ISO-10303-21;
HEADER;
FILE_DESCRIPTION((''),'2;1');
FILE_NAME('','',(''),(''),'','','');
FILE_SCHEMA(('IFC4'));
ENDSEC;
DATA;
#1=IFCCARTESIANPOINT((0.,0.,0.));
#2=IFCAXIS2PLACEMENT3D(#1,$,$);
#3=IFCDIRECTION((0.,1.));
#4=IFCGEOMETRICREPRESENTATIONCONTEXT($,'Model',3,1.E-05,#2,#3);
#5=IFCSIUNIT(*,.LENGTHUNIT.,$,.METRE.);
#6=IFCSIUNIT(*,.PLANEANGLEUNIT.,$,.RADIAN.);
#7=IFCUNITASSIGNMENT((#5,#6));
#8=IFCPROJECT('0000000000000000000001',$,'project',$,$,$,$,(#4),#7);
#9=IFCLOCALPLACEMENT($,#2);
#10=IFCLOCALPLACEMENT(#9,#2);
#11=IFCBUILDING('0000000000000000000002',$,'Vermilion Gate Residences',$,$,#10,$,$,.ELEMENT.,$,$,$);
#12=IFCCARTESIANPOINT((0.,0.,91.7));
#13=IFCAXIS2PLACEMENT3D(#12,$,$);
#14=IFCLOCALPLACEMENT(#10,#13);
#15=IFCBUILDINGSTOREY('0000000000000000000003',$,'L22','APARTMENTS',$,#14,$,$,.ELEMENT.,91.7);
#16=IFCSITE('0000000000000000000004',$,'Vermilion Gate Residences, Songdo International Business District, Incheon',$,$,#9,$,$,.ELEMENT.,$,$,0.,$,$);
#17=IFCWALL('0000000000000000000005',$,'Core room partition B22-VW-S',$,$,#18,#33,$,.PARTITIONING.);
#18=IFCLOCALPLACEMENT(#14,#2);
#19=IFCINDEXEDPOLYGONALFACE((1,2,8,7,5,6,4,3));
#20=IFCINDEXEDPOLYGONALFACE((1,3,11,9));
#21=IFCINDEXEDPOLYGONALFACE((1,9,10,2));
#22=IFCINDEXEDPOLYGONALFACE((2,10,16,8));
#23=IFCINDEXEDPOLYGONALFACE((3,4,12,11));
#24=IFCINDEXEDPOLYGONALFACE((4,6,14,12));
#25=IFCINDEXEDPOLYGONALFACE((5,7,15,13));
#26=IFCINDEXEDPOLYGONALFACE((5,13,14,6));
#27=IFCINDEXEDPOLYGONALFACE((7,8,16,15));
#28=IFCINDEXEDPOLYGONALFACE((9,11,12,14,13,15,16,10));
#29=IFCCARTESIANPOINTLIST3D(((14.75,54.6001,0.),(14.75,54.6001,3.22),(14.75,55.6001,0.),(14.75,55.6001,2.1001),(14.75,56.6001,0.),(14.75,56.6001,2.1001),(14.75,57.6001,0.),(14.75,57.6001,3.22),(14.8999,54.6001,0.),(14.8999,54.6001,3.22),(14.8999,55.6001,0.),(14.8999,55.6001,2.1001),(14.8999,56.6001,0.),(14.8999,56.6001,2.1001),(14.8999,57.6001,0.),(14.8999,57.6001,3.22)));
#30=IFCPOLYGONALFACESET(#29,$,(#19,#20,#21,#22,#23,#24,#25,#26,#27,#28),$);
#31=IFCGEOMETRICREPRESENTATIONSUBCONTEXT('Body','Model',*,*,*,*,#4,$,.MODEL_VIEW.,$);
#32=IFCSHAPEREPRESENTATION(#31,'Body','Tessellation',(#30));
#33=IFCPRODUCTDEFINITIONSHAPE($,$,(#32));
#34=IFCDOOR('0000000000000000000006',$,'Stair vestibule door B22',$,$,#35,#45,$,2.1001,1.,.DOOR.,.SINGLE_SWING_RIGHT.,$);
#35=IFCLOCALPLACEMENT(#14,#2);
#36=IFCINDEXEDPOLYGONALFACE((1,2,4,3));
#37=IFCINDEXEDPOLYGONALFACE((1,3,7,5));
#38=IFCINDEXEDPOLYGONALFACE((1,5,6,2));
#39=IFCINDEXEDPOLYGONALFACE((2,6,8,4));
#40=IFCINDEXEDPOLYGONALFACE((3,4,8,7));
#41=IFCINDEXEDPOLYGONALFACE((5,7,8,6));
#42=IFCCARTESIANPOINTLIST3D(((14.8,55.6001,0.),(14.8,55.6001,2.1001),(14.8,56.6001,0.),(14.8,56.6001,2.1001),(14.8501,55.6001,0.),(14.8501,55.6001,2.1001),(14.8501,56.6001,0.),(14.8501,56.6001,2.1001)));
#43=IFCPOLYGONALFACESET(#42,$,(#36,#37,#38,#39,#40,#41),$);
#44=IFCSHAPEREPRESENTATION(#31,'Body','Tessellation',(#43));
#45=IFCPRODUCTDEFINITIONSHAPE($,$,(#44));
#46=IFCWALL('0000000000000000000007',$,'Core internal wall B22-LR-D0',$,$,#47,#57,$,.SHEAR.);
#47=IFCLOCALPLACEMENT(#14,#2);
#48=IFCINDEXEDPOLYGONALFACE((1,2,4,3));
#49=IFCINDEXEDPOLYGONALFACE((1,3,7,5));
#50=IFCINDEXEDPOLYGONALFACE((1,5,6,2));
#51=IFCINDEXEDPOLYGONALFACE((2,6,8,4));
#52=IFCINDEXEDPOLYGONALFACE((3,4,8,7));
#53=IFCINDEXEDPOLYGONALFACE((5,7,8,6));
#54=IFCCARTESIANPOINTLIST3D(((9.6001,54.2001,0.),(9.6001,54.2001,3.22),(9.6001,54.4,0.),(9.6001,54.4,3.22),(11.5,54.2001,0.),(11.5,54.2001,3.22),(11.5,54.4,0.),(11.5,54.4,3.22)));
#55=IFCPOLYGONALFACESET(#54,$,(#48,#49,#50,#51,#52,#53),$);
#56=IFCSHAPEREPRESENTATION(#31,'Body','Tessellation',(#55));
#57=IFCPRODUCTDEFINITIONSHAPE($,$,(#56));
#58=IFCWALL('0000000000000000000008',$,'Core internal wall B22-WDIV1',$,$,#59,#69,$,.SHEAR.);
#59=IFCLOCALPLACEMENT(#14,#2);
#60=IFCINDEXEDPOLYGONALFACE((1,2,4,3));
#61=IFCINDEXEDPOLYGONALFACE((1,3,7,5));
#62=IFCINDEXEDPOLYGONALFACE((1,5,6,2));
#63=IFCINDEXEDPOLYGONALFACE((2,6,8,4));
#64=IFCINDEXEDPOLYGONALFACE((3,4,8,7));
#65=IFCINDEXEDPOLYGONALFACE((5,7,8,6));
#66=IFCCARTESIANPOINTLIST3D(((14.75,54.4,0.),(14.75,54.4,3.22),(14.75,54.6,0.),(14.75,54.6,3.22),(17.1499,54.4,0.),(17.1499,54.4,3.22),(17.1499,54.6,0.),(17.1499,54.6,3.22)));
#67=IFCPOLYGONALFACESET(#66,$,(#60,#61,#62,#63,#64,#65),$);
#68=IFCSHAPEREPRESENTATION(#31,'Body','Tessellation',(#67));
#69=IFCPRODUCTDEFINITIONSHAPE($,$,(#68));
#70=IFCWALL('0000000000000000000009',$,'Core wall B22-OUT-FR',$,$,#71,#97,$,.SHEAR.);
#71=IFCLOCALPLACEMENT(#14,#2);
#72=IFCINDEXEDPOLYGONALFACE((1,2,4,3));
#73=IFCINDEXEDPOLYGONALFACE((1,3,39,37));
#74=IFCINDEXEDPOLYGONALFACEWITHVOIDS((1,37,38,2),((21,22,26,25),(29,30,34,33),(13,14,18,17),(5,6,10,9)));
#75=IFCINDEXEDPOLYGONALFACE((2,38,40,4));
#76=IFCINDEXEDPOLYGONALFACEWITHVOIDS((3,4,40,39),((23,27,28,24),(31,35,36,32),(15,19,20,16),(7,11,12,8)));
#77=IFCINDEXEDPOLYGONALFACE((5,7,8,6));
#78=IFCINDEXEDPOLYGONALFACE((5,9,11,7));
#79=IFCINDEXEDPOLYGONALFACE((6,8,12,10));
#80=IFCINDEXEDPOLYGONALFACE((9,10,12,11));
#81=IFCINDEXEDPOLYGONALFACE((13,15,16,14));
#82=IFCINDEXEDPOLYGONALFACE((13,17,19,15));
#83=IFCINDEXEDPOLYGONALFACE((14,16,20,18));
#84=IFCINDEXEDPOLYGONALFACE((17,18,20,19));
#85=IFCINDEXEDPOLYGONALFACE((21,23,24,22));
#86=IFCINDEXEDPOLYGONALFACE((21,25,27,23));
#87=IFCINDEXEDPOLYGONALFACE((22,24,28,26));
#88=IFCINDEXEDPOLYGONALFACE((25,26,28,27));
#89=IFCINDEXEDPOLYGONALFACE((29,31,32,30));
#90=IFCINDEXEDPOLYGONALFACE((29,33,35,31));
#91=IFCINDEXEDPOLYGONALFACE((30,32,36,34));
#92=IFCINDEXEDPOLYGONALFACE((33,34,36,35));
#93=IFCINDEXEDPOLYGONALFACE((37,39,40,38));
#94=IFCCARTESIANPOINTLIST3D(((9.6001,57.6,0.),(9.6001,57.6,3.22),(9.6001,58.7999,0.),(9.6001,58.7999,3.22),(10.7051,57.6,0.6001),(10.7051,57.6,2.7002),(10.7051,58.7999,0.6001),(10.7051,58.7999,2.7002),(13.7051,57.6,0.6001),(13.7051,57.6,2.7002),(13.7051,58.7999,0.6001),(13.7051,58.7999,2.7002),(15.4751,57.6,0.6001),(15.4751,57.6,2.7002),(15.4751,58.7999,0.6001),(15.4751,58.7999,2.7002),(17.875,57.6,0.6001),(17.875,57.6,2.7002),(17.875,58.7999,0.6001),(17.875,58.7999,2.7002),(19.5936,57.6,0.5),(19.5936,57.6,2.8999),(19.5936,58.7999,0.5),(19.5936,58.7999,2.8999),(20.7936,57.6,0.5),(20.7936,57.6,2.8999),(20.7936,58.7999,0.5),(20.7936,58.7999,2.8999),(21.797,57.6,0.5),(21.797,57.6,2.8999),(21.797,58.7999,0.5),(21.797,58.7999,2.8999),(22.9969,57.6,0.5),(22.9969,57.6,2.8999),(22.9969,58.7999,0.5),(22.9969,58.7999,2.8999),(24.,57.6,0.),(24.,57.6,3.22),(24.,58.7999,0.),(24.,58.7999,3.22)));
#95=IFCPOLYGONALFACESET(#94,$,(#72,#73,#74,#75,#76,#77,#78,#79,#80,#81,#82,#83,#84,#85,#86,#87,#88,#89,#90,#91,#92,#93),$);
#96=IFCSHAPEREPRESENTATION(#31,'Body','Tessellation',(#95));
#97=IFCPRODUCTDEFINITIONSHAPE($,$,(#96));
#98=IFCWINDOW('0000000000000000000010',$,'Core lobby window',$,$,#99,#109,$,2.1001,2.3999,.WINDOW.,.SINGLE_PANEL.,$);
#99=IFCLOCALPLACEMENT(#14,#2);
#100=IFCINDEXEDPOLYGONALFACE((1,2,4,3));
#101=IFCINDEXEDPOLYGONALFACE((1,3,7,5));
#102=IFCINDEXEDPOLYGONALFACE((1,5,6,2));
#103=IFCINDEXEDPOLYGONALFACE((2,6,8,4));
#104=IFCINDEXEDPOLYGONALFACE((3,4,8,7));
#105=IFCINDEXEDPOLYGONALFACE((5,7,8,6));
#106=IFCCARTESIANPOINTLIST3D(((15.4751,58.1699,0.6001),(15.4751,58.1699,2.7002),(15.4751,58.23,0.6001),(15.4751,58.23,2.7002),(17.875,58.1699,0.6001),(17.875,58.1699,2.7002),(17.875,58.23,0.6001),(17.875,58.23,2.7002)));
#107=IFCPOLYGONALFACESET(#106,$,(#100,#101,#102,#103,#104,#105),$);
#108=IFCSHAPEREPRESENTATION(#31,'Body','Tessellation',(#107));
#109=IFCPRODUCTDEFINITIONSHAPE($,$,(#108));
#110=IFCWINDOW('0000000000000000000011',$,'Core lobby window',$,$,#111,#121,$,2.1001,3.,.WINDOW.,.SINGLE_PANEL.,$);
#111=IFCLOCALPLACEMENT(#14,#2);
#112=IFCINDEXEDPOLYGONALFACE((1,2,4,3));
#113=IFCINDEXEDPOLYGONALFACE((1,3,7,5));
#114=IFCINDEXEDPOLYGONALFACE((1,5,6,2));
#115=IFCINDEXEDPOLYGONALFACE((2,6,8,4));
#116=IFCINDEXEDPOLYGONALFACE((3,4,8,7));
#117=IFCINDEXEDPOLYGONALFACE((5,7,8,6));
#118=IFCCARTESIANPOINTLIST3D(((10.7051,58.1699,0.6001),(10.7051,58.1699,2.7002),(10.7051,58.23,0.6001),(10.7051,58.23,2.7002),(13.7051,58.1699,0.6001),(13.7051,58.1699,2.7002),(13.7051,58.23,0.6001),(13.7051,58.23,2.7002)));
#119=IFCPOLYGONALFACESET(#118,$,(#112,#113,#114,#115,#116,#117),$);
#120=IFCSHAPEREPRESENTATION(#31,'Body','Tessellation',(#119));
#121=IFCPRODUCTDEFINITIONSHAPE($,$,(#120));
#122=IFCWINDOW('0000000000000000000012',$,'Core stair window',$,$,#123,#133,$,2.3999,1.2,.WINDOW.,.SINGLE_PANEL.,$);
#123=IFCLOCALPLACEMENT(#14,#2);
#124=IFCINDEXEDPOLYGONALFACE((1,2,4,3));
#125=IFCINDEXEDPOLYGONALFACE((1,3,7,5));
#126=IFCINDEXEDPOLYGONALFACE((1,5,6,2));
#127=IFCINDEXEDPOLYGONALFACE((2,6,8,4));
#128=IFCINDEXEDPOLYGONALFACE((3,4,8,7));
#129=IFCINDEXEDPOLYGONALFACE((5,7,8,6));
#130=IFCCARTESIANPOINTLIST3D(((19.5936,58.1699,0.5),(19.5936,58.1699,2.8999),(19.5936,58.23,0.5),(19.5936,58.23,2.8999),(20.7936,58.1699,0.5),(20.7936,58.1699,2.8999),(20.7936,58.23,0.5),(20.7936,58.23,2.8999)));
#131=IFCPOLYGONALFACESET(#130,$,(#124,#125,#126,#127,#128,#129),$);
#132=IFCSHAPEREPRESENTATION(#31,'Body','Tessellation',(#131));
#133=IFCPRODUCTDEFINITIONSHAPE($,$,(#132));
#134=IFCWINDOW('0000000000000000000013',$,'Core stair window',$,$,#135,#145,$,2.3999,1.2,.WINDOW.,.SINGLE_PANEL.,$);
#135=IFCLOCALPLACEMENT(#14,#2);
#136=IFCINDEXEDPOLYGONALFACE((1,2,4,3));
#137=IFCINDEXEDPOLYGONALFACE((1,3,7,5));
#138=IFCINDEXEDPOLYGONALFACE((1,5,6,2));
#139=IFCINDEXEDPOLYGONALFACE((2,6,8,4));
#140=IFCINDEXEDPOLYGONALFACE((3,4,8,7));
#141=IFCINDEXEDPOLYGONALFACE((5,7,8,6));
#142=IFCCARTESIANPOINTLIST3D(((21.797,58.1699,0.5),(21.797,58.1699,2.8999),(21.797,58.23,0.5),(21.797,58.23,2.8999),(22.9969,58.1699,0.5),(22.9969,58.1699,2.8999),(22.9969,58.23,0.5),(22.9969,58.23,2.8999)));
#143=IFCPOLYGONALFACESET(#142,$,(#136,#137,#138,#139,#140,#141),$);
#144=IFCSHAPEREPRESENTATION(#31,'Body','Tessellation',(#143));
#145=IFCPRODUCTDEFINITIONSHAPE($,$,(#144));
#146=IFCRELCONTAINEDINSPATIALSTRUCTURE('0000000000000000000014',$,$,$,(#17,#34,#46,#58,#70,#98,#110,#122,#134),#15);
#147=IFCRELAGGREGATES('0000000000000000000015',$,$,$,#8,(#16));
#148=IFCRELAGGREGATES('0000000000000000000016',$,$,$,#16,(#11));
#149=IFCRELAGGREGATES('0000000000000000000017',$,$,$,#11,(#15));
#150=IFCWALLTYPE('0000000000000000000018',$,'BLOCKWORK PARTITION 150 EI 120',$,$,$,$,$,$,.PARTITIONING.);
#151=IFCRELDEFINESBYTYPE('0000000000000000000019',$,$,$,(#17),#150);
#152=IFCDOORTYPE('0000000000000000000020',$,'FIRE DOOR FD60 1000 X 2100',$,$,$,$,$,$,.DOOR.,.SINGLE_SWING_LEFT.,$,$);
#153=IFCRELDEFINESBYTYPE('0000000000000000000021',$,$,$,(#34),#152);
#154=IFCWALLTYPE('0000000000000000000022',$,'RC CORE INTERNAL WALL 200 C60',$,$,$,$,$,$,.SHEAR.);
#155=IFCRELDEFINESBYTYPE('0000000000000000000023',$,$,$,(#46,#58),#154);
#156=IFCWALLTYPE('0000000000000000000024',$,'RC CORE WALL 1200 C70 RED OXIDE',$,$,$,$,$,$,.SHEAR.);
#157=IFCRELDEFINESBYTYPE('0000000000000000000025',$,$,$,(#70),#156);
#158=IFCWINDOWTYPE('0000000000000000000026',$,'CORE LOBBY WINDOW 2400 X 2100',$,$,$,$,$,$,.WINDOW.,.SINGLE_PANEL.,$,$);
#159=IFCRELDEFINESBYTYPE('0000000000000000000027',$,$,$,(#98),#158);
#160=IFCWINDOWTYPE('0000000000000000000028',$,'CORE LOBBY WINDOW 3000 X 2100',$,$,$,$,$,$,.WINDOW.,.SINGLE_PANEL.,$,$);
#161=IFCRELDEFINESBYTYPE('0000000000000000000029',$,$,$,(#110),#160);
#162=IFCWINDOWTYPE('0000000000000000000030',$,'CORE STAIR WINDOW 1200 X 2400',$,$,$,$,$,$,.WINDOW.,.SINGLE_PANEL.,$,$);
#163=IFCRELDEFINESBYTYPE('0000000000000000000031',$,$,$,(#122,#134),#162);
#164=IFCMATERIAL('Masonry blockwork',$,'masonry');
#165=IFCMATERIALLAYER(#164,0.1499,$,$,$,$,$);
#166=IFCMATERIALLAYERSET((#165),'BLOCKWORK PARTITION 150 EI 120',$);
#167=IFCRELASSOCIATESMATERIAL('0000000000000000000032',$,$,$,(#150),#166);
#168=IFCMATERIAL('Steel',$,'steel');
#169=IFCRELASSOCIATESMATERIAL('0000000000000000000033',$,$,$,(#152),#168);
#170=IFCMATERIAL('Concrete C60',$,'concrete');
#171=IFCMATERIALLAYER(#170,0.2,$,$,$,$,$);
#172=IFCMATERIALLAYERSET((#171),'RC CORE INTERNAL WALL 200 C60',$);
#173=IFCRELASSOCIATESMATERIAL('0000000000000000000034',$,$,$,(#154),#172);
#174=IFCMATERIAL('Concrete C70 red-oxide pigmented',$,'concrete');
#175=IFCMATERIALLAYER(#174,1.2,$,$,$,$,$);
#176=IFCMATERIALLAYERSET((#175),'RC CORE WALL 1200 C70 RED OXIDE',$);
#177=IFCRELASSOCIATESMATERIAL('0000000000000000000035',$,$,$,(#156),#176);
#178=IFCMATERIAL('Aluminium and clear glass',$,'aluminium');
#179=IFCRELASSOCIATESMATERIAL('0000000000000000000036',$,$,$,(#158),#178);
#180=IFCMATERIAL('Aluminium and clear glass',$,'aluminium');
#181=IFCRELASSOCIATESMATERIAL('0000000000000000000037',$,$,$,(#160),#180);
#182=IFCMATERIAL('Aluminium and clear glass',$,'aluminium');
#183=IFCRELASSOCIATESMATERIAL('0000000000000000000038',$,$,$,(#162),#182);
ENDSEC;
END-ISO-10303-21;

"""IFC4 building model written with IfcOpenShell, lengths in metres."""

from ifc_helpers import new_model, si_unit, direction, frame, frame_2d, origin, place, context, subcontext, project, spatial, rectangle, extrude, material, layer, layer_set, type_object, element, fill, save


model = new_model("IFC4")

# Units and contexts
model_context = context("Model", 3, precision=1e-05, world=origin(), true_north=direction((0.0, 1.0)))
body_context = subcontext(model_context, "Body", "Model", "MODEL_VIEW")
ifc_project = project(units=[si_unit("LENGTHUNIT", "METRE"), si_unit("PLANEANGLEUNIT", "RADIAN")], contexts=[model_context])

# Site, building, storey
site_placement = place(None, origin())
site = spatial("IfcSite", under=ifc_project, at=site_placement, Name="Vermilion Gate Residences, Songdo International Business District, Incheon", CompositionType="ELEMENT", RefElevation=0.0)
building_placement = place(site_placement, origin())
building = spatial("IfcBuilding", under=site, at=building_placement, Name="Vermilion Gate Residences", CompositionType="ELEMENT")
storey_placement = place(building_placement, frame((0.0, 0.0, 91.7)))
storey = spatial("IfcBuildingStorey", under=building, at=storey_placement, Name="L22", Description="APARTMENTS", CompositionType="ELEMENT", Elevation=91.7)

# Wall, opening, door
ifc_material_1 = material(Name="Masonry blockwork", Category="masonry")
ifc_layer_1 = layer(ifc_material_1, 0.1499)
ifc_layer_set_1 = layer_set([ifc_layer_1], Name="BLOCKWORK PARTITION 150 EI 120")
wall_type_1 = type_object("IfcWallType", Name="BLOCKWORK PARTITION 150 EI 120", PredefinedType="PARTITIONING", material=ifc_layer_set_1)
wall_1_placement = place(storey_placement, frame((14.825, 57.6001, 0.0), z_axis=(0.0, 0.0, 1.0), x_axis=(0.0, -1.0, 0.0)))
wall_1 = element("IfcWall", 1, at=wall_1_placement, inside=storey, type_object=wall_type_1, Name="Core room partition B22-VW-S", PredefinedType="PARTITIONING", context=body_context, shape_type="SweptSolid", body=[
    extrude(rectangle(XDim=3.0, YDim=0.1499, at=frame_2d((1.5, 0.0))), origin(), (0.0, 0.0, 1.0), 3.22),
])
opening_1_placement = place(wall_1_placement, frame((1.0, 0.0, 0.0)))
opening_1 = element("IfcOpeningElement", 2, at=opening_1_placement, cuts=wall_1, PredefinedType="OPENING", context=body_context, shape_type="SweptSolid", body=[
    extrude(rectangle(XDim=1.0, YDim=2.1001, at=frame_2d((0.5, 1.05))), frame((0.0, 0.085, 0.0), z_axis=(0.0, -1.0, 0.0), x_axis=(1.0, 0.0, 0.0)), (0.0, 0.0, 1.0), 0.1699),
])
ifc_material_2 = material(Name="Steel", Category="steel")
door_type_1 = type_object("IfcDoorType", Name="FIRE DOOR FD60 1000 X 2100", OperationType="SINGLE_SWING_LEFT", PredefinedType="DOOR", material=ifc_material_2)
door_1_placement = place(opening_1_placement, frame((1.0, 0.0, 0.0), z_axis=(0.0, 0.0, 1.0), x_axis=(-1.0, 0.0, 0.0)))
door_1 = element("IfcDoor", 3, at=door_1_placement, inside=storey, type_object=door_type_1, Name="Stair vestibule door B22", OperationType="SINGLE_SWING_RIGHT", OverallHeight=2.1001, OverallWidth=1.0, PredefinedType="DOOR", context=body_context, shape_type="SweptSolid", body=[
    extrude(rectangle(XDim=1.0, YDim=2.1001, at=frame_2d((0.5, 1.05))), frame((0.0, 0.0249, 0.0), z_axis=(0.0, -1.0, 0.0), x_axis=(1.0, 0.0, 0.0)), (0.0, 0.0, 1.0), 0.05),
])
fill(opening_1, door_1)

# Walls
ifc_material_3 = material(Name="Concrete C60", Category="concrete")
ifc_layer_2 = layer(ifc_material_3, 0.2)
ifc_layer_set_2 = layer_set([ifc_layer_2], Name="RC CORE INTERNAL WALL 200 C60")
wall_type_2 = type_object("IfcWallType", Name="RC CORE INTERNAL WALL 200 C60", PredefinedType="SHEAR", material=ifc_layer_set_2)
wall_2_placement = place(storey_placement, frame((9.6001, 54.3, 0.0), z_axis=(0.0, 0.0, 1.0), x_axis=(1.0, 0.0, 0.0)))
element("IfcWall", 4, at=wall_2_placement, inside=storey, type_object=wall_type_2, Name="Core internal wall B22-LR-D0", PredefinedType="SHEAR", context=body_context, shape_type="SweptSolid", body=[
    extrude(rectangle(XDim=1.8999, YDim=0.2, at=frame_2d((0.95, 0.0))), origin(), (0.0, 0.0, 1.0), 3.22),
])
wall_3_placement = place(storey_placement, frame((14.75, 54.5, 0.0), z_axis=(0.0, 0.0, 1.0), x_axis=(1.0, 0.0, 0.0)))
element("IfcWall", 5, at=wall_3_placement, inside=storey, type_object=wall_type_2, Name="Core internal wall B22-WDIV1", PredefinedType="SHEAR", context=body_context, shape_type="SweptSolid", body=[
    extrude(rectangle(XDim=2.3999, YDim=0.2, at=frame_2d((1.2, 0.0))), origin(), (0.0, 0.0, 1.0), 3.22),
])

# Wall, openings, windows
ifc_material_4 = material(Name="Concrete C70 red-oxide pigmented", Category="concrete")
ifc_layer_3 = layer(ifc_material_4, 1.2)
ifc_layer_set_3 = layer_set([ifc_layer_3], Name="RC CORE WALL 1200 C70 RED OXIDE")
wall_type_3 = type_object("IfcWallType", Name="RC CORE WALL 1200 C70 RED OXIDE", PredefinedType="SHEAR", material=ifc_layer_set_3)
wall_4_placement = place(storey_placement, frame((9.6001, 58.2, 0.0), z_axis=(0.0, 0.0, 1.0), x_axis=(1.0, 0.0, 0.0)))
wall_4 = element("IfcWall", 6, at=wall_4_placement, inside=storey, type_object=wall_type_3, Name="Core wall B22-OUT-FR", PredefinedType="SHEAR", context=body_context, shape_type="SweptSolid", body=[
    extrude(rectangle(XDim=14.3999, YDim=1.2, at=frame_2d((7.2, 0.0))), origin(), (0.0, 0.0, 1.0), 3.22),
])
opening_2_placement = place(wall_4_placement, frame((1.105, 0.0, 0.6001)))
opening_2 = element("IfcOpeningElement", 7, at=opening_2_placement, cuts=wall_4, PredefinedType="OPENING", context=body_context, shape_type="SweptSolid", body=[
    extrude(rectangle(XDim=3.0, YDim=2.1001, at=frame_2d((1.5, 1.05))), frame((0.0, 0.6099, 0.0), z_axis=(0.0, -1.0, 0.0), x_axis=(1.0, 0.0, 0.0)), (0.0, 0.0, 1.0), 1.22),
])
opening_3_placement = place(wall_4_placement, frame((5.875, 0.0, 0.6001)))
opening_3 = element("IfcOpeningElement", 8, at=opening_3_placement, cuts=wall_4, PredefinedType="OPENING", context=body_context, shape_type="SweptSolid", body=[
    extrude(rectangle(XDim=2.3999, YDim=2.1001, at=frame_2d((1.2, 1.05))), frame((0.0, 0.6099, 0.0), z_axis=(0.0, -1.0, 0.0), x_axis=(1.0, 0.0, 0.0)), (0.0, 0.0, 1.0), 1.22),
])
opening_4_placement = place(wall_4_placement, frame((9.9934, 0.0, 0.5)))
opening_4 = element("IfcOpeningElement", 9, at=opening_4_placement, cuts=wall_4, PredefinedType="OPENING", context=body_context, shape_type="SweptSolid", body=[
    extrude(rectangle(XDim=1.2, YDim=2.3999, at=frame_2d((0.6001, 1.2))), frame((0.0, 0.6099, 0.0), z_axis=(0.0, -1.0, 0.0), x_axis=(1.0, 0.0, 0.0)), (0.0, 0.0, 1.0), 1.22),
])
opening_5_placement = place(wall_4_placement, frame((12.1968, 0.0, 0.5)))
opening_5 = element("IfcOpeningElement", 10, at=opening_5_placement, cuts=wall_4, PredefinedType="OPENING", context=body_context, shape_type="SweptSolid", body=[
    extrude(rectangle(XDim=1.2, YDim=2.3999, at=frame_2d((0.6001, 1.2))), frame((0.0, 0.6099, 0.0), z_axis=(0.0, -1.0, 0.0), x_axis=(1.0, 0.0, 0.0)), (0.0, 0.0, 1.0), 1.22),
])
ifc_material_5 = material(Name="Aluminium and clear glass", Category="aluminium")
window_type_1 = type_object("IfcWindowType", Name="CORE LOBBY WINDOW 2400 X 2100", PartitioningType="SINGLE_PANEL", PredefinedType="WINDOW", material=ifc_material_5)
window_1_placement = place(opening_3_placement, origin())
window_1 = element("IfcWindow", 11, at=window_1_placement, inside=storey, type_object=window_type_1, Name="Core lobby window", OverallHeight=2.1001, OverallWidth=2.3999, PartitioningType="SINGLE_PANEL", PredefinedType="WINDOW", context=body_context, shape_type="SweptSolid", body=[
    extrude(rectangle(XDim=2.3999, YDim=2.1001, at=frame_2d((1.2, 1.05))), frame((0.0, 0.03, 0.0), z_axis=(0.0, -1.0, 0.0), x_axis=(1.0, 0.0, 0.0)), (0.0, 0.0, 1.0), 0.0601),
])
fill(opening_3, window_1)
ifc_material_6 = material(Name="Aluminium and clear glass", Category="aluminium")
window_type_2 = type_object("IfcWindowType", Name="CORE LOBBY WINDOW 3000 X 2100", PartitioningType="SINGLE_PANEL", PredefinedType="WINDOW", material=ifc_material_6)
window_2_placement = place(opening_2_placement, origin())
window_2 = element("IfcWindow", 12, at=window_2_placement, inside=storey, type_object=window_type_2, Name="Core lobby window", OverallHeight=2.1001, OverallWidth=3.0, PartitioningType="SINGLE_PANEL", PredefinedType="WINDOW", context=body_context, shape_type="SweptSolid", body=[
    extrude(rectangle(XDim=3.0, YDim=2.1001, at=frame_2d((1.5, 1.05))), frame((0.0, 0.03, 0.0), z_axis=(0.0, -1.0, 0.0), x_axis=(1.0, 0.0, 0.0)), (0.0, 0.0, 1.0), 0.0601),
])
fill(opening_2, window_2)
ifc_material_7 = material(Name="Aluminium and clear glass", Category="aluminium")
window_type_3 = type_object("IfcWindowType", Name="CORE STAIR WINDOW 1200 X 2400", PartitioningType="SINGLE_PANEL", PredefinedType="WINDOW", material=ifc_material_7)
window_3_placement = place(opening_4_placement, origin())
window_3 = element("IfcWindow", 13, at=window_3_placement, inside=storey, type_object=window_type_3, Name="Core stair window", OverallHeight=2.3999, OverallWidth=1.2, PartitioningType="SINGLE_PANEL", PredefinedType="WINDOW", context=body_context, shape_type="SweptSolid", body=[
    extrude(rectangle(XDim=1.2, YDim=2.3999, at=frame_2d((0.6001, 1.2))), frame((0.0, 0.03, 0.0), z_axis=(0.0, -1.0, 0.0), x_axis=(1.0, 0.0, 0.0)), (0.0, 0.0, 1.0), 0.0601),
])
fill(opening_4, window_3)
window_4_placement = place(opening_5_placement, origin())
window_4 = element("IfcWindow", 14, at=window_4_placement, inside=storey, type_object=window_type_3, Name="Core stair window", OverallHeight=2.3999, OverallWidth=1.2, PartitioningType="SINGLE_PANEL", PredefinedType="WINDOW", context=body_context, shape_type="SweptSolid", body=[
    extrude(rectangle(XDim=1.2, YDim=2.3999, at=frame_2d((0.6001, 1.2))), frame((0.0, 0.03, 0.0), z_axis=(0.0, -1.0, 0.0), x_axis=(1.0, 0.0, 0.0)), (0.0, 0.0, 1.0), 0.0601),
])
fill(opening_5, window_4)

save(model, "model.ifc")
